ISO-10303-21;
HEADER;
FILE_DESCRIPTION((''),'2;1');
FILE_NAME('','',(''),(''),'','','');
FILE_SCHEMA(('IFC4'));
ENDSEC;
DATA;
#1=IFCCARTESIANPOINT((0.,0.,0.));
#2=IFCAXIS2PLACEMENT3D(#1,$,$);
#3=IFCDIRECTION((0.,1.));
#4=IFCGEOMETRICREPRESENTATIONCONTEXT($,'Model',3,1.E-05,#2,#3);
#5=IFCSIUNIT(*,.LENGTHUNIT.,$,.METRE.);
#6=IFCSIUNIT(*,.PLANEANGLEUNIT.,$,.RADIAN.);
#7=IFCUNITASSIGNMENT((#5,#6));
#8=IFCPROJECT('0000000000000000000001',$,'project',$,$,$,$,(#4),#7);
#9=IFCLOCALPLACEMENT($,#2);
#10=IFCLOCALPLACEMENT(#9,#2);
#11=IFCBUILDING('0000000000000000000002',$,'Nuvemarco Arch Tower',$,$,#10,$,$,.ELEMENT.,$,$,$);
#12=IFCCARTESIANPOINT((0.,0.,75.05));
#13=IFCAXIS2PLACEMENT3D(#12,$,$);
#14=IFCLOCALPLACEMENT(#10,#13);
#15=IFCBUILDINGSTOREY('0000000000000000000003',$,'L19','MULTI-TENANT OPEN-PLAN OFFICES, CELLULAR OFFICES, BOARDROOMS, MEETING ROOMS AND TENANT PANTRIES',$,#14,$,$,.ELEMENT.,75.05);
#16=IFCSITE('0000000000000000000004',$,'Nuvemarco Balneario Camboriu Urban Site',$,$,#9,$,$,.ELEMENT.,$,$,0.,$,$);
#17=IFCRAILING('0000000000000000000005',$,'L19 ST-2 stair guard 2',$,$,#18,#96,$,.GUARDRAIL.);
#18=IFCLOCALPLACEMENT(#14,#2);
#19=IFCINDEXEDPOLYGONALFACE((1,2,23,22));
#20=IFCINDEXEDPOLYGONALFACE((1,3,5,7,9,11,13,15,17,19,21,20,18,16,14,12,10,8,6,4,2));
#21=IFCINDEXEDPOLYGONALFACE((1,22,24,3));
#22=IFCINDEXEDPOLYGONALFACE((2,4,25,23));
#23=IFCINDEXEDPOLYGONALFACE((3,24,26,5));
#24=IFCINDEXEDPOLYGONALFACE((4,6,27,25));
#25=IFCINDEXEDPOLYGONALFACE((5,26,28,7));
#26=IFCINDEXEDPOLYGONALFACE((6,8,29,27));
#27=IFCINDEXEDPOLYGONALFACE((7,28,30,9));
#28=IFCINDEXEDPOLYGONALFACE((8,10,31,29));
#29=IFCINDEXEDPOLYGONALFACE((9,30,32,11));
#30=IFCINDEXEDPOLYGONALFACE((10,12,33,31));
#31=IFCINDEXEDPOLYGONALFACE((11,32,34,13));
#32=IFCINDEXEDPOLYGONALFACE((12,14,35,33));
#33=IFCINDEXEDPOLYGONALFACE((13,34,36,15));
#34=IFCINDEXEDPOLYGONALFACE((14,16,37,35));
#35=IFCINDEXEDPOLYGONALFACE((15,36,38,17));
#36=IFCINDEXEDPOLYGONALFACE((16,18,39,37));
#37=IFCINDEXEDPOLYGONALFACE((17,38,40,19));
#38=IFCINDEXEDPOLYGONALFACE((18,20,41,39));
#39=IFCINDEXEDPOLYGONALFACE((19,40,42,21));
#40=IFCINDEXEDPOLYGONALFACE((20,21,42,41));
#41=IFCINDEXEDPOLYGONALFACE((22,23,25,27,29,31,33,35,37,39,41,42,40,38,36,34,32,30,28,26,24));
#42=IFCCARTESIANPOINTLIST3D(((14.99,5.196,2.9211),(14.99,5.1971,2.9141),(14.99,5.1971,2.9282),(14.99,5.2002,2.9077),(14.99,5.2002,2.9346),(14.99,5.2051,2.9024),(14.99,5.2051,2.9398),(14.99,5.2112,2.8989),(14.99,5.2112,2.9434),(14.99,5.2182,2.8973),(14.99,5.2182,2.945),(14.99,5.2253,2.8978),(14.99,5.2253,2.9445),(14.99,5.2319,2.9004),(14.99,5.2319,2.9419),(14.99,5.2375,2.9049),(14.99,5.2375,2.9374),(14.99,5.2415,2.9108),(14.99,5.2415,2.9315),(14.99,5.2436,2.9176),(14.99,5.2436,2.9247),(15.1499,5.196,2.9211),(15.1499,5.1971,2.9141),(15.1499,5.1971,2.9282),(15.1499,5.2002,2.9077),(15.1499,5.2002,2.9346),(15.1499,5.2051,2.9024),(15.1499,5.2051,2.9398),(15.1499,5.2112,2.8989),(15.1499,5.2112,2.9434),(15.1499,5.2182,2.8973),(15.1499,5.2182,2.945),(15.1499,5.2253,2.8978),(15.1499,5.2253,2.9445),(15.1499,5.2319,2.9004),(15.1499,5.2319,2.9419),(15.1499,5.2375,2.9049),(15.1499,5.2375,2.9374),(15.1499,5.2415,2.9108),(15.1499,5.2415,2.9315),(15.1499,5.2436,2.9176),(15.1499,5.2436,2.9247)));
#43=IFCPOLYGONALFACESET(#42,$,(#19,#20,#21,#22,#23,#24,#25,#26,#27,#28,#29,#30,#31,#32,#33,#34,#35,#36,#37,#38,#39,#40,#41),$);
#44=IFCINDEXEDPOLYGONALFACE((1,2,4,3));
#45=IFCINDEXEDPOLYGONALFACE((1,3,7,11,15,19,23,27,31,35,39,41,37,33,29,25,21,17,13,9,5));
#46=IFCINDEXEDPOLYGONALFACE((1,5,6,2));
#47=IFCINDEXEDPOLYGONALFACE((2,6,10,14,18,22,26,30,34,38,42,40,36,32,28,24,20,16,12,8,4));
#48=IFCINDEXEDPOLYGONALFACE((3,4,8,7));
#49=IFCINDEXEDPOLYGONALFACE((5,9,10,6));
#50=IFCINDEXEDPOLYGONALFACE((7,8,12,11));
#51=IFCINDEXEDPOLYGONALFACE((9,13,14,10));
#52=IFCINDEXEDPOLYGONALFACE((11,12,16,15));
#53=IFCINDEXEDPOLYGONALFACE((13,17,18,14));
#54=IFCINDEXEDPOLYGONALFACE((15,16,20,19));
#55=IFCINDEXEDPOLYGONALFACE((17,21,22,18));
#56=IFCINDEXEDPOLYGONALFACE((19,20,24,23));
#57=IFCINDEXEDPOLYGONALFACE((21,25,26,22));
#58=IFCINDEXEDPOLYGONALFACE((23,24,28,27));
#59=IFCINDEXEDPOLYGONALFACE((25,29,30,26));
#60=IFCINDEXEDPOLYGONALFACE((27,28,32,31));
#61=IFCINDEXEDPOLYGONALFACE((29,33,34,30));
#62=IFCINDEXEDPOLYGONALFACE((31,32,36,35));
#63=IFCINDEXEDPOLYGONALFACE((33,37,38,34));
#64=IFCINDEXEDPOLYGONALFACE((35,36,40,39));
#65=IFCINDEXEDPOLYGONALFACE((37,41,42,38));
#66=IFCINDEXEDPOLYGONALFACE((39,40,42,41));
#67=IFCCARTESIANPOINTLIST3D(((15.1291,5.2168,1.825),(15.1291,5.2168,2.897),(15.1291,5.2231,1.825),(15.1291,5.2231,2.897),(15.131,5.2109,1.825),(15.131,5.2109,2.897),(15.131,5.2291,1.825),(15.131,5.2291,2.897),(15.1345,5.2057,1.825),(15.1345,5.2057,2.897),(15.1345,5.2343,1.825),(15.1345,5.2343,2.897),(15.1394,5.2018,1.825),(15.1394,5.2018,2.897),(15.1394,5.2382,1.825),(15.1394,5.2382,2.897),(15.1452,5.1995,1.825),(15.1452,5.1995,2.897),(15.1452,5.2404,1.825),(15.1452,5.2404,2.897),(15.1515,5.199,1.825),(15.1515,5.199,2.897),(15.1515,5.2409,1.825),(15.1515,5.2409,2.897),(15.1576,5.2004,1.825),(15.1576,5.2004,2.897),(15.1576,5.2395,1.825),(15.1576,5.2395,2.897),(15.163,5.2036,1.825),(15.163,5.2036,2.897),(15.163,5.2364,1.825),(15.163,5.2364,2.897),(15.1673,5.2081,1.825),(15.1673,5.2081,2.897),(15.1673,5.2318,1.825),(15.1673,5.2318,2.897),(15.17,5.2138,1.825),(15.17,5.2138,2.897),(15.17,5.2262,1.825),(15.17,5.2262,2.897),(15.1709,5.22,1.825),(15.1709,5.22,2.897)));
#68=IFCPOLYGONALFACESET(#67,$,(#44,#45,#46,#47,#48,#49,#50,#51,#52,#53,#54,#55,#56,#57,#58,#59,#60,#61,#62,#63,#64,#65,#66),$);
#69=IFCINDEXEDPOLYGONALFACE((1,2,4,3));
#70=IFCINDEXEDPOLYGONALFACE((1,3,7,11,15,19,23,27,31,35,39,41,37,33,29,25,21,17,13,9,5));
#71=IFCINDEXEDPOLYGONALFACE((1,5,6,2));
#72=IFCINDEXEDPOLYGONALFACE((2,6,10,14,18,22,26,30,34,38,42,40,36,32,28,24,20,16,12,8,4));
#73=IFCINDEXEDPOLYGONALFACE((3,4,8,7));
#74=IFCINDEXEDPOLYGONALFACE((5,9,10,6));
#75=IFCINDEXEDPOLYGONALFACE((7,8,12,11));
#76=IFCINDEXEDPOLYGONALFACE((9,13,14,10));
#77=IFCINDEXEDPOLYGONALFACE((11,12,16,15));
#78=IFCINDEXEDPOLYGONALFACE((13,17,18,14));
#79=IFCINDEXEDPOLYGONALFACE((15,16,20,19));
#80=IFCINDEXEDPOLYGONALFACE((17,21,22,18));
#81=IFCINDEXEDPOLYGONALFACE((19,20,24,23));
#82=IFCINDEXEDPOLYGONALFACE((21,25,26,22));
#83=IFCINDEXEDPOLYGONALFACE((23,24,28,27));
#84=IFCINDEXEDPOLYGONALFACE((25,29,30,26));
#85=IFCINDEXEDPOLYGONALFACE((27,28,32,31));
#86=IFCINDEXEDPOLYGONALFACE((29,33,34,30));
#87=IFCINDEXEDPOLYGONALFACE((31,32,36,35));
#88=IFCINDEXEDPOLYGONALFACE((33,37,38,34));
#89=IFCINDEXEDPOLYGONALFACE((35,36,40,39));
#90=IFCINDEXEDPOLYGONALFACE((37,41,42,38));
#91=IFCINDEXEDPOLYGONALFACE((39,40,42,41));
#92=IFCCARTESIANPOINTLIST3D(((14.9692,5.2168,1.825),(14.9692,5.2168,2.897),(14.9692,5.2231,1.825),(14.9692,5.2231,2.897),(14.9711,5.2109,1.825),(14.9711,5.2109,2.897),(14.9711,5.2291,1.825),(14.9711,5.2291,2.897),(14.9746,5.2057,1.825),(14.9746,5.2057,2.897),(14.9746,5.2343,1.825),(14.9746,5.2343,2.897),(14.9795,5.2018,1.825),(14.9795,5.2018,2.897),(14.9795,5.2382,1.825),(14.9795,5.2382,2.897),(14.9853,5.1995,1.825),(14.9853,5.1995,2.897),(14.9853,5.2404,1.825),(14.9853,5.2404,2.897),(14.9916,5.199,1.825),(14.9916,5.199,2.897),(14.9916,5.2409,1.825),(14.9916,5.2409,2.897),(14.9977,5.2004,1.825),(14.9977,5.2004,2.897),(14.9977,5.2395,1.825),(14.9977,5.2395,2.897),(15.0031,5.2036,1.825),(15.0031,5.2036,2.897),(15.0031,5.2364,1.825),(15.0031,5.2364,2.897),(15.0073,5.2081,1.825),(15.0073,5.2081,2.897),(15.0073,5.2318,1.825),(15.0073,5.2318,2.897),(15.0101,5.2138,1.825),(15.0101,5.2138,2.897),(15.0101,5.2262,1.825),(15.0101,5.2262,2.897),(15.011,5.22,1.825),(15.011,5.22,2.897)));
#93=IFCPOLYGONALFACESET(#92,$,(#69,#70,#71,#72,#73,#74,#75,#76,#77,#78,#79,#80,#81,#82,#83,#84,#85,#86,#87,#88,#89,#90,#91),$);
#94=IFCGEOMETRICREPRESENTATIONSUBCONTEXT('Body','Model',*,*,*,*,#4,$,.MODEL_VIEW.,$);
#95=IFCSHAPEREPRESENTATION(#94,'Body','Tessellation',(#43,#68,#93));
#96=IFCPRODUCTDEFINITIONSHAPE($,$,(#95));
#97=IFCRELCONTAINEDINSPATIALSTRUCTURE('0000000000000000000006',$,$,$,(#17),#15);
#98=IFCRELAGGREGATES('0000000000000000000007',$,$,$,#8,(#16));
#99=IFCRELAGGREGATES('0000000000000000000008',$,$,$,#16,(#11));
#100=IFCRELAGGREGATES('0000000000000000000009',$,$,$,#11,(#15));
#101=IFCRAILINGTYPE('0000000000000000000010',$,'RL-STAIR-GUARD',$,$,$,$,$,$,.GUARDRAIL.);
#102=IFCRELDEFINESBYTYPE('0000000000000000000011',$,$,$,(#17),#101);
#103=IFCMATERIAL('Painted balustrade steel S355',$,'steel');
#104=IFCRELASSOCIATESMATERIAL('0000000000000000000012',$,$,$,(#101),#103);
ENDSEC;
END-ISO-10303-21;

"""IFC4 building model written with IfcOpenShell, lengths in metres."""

from ifc_helpers import new_model, si_unit, direction, frame, origin, origin_2d, place, context, subcontext, project, spatial, circle, extrude, material, type_object, element, save


model = new_model("IFC4")

# Units and contexts
model_context = context("Model", 3, precision=1e-05, world=origin(), true_north=direction((0.0, 1.0)))
body_context = subcontext(model_context, "Body", "Model", "MODEL_VIEW")
ifc_project = project(units=[si_unit("LENGTHUNIT", "METRE"), si_unit("PLANEANGLEUNIT", "RADIAN")], contexts=[model_context])

# Site, building, storey
site_placement = place(None, origin())
site = spatial("IfcSite", under=ifc_project, at=site_placement, Name="Nuvemarco Balneario Camboriu Urban Site", CompositionType="ELEMENT", RefElevation=0.0)
building_placement = place(site_placement, origin())
building = spatial("IfcBuilding", under=site, at=building_placement, Name="Nuvemarco Arch Tower", CompositionType="ELEMENT")
storey_placement = place(building_placement, frame((0.0, 0.0, 75.05)))
storey = spatial("IfcBuildingStorey", under=building, at=storey_placement, Name="L19", Description="MULTI-TENANT OPEN-PLAN OFFICES, CELLULAR OFFICES, BOARDROOMS, MEETING ROOMS AND TENANT PANTRIES", CompositionType="ELEMENT", Elevation=75.05)

# Railing
ifc_material_1 = material(Name="Painted balustrade steel S355", Category="steel")
railing_type_1 = type_object("IfcRailingType", Name="RL-STAIR-GUARD", PredefinedType="GUARDRAIL", material=ifc_material_1)
railing_1_placement = place(storey_placement, frame((15.1499, 5.22, 1.825)))
element("IfcRailing", 1, at=railing_1_placement, inside=storey, type_object=railing_type_1, Name="L19 ST-2 stair guard 2", PredefinedType="GUARDRAIL", context=body_context, shape_type="SweptSolid", body=[
    extrude(circle(Radius=0.0239, at=origin_2d()), frame((0.0, 0.0, 1.0962), z_axis=(-1.0, 0.0, 0.0), x_axis=(0.0, -1.0, 0.0)), (0.0, 0.0, 1.0), 0.1599),
    extrude(circle(Radius=0.021, at=origin_2d()), origin(), (0.0, 0.0, 1.0), 1.072),
    extrude(circle(Radius=0.021, at=origin_2d()), frame((-0.1599, 0.0, 0.0)), (0.0, 0.0, 1.0), 1.072),
])

save(model, "model.ifc")
